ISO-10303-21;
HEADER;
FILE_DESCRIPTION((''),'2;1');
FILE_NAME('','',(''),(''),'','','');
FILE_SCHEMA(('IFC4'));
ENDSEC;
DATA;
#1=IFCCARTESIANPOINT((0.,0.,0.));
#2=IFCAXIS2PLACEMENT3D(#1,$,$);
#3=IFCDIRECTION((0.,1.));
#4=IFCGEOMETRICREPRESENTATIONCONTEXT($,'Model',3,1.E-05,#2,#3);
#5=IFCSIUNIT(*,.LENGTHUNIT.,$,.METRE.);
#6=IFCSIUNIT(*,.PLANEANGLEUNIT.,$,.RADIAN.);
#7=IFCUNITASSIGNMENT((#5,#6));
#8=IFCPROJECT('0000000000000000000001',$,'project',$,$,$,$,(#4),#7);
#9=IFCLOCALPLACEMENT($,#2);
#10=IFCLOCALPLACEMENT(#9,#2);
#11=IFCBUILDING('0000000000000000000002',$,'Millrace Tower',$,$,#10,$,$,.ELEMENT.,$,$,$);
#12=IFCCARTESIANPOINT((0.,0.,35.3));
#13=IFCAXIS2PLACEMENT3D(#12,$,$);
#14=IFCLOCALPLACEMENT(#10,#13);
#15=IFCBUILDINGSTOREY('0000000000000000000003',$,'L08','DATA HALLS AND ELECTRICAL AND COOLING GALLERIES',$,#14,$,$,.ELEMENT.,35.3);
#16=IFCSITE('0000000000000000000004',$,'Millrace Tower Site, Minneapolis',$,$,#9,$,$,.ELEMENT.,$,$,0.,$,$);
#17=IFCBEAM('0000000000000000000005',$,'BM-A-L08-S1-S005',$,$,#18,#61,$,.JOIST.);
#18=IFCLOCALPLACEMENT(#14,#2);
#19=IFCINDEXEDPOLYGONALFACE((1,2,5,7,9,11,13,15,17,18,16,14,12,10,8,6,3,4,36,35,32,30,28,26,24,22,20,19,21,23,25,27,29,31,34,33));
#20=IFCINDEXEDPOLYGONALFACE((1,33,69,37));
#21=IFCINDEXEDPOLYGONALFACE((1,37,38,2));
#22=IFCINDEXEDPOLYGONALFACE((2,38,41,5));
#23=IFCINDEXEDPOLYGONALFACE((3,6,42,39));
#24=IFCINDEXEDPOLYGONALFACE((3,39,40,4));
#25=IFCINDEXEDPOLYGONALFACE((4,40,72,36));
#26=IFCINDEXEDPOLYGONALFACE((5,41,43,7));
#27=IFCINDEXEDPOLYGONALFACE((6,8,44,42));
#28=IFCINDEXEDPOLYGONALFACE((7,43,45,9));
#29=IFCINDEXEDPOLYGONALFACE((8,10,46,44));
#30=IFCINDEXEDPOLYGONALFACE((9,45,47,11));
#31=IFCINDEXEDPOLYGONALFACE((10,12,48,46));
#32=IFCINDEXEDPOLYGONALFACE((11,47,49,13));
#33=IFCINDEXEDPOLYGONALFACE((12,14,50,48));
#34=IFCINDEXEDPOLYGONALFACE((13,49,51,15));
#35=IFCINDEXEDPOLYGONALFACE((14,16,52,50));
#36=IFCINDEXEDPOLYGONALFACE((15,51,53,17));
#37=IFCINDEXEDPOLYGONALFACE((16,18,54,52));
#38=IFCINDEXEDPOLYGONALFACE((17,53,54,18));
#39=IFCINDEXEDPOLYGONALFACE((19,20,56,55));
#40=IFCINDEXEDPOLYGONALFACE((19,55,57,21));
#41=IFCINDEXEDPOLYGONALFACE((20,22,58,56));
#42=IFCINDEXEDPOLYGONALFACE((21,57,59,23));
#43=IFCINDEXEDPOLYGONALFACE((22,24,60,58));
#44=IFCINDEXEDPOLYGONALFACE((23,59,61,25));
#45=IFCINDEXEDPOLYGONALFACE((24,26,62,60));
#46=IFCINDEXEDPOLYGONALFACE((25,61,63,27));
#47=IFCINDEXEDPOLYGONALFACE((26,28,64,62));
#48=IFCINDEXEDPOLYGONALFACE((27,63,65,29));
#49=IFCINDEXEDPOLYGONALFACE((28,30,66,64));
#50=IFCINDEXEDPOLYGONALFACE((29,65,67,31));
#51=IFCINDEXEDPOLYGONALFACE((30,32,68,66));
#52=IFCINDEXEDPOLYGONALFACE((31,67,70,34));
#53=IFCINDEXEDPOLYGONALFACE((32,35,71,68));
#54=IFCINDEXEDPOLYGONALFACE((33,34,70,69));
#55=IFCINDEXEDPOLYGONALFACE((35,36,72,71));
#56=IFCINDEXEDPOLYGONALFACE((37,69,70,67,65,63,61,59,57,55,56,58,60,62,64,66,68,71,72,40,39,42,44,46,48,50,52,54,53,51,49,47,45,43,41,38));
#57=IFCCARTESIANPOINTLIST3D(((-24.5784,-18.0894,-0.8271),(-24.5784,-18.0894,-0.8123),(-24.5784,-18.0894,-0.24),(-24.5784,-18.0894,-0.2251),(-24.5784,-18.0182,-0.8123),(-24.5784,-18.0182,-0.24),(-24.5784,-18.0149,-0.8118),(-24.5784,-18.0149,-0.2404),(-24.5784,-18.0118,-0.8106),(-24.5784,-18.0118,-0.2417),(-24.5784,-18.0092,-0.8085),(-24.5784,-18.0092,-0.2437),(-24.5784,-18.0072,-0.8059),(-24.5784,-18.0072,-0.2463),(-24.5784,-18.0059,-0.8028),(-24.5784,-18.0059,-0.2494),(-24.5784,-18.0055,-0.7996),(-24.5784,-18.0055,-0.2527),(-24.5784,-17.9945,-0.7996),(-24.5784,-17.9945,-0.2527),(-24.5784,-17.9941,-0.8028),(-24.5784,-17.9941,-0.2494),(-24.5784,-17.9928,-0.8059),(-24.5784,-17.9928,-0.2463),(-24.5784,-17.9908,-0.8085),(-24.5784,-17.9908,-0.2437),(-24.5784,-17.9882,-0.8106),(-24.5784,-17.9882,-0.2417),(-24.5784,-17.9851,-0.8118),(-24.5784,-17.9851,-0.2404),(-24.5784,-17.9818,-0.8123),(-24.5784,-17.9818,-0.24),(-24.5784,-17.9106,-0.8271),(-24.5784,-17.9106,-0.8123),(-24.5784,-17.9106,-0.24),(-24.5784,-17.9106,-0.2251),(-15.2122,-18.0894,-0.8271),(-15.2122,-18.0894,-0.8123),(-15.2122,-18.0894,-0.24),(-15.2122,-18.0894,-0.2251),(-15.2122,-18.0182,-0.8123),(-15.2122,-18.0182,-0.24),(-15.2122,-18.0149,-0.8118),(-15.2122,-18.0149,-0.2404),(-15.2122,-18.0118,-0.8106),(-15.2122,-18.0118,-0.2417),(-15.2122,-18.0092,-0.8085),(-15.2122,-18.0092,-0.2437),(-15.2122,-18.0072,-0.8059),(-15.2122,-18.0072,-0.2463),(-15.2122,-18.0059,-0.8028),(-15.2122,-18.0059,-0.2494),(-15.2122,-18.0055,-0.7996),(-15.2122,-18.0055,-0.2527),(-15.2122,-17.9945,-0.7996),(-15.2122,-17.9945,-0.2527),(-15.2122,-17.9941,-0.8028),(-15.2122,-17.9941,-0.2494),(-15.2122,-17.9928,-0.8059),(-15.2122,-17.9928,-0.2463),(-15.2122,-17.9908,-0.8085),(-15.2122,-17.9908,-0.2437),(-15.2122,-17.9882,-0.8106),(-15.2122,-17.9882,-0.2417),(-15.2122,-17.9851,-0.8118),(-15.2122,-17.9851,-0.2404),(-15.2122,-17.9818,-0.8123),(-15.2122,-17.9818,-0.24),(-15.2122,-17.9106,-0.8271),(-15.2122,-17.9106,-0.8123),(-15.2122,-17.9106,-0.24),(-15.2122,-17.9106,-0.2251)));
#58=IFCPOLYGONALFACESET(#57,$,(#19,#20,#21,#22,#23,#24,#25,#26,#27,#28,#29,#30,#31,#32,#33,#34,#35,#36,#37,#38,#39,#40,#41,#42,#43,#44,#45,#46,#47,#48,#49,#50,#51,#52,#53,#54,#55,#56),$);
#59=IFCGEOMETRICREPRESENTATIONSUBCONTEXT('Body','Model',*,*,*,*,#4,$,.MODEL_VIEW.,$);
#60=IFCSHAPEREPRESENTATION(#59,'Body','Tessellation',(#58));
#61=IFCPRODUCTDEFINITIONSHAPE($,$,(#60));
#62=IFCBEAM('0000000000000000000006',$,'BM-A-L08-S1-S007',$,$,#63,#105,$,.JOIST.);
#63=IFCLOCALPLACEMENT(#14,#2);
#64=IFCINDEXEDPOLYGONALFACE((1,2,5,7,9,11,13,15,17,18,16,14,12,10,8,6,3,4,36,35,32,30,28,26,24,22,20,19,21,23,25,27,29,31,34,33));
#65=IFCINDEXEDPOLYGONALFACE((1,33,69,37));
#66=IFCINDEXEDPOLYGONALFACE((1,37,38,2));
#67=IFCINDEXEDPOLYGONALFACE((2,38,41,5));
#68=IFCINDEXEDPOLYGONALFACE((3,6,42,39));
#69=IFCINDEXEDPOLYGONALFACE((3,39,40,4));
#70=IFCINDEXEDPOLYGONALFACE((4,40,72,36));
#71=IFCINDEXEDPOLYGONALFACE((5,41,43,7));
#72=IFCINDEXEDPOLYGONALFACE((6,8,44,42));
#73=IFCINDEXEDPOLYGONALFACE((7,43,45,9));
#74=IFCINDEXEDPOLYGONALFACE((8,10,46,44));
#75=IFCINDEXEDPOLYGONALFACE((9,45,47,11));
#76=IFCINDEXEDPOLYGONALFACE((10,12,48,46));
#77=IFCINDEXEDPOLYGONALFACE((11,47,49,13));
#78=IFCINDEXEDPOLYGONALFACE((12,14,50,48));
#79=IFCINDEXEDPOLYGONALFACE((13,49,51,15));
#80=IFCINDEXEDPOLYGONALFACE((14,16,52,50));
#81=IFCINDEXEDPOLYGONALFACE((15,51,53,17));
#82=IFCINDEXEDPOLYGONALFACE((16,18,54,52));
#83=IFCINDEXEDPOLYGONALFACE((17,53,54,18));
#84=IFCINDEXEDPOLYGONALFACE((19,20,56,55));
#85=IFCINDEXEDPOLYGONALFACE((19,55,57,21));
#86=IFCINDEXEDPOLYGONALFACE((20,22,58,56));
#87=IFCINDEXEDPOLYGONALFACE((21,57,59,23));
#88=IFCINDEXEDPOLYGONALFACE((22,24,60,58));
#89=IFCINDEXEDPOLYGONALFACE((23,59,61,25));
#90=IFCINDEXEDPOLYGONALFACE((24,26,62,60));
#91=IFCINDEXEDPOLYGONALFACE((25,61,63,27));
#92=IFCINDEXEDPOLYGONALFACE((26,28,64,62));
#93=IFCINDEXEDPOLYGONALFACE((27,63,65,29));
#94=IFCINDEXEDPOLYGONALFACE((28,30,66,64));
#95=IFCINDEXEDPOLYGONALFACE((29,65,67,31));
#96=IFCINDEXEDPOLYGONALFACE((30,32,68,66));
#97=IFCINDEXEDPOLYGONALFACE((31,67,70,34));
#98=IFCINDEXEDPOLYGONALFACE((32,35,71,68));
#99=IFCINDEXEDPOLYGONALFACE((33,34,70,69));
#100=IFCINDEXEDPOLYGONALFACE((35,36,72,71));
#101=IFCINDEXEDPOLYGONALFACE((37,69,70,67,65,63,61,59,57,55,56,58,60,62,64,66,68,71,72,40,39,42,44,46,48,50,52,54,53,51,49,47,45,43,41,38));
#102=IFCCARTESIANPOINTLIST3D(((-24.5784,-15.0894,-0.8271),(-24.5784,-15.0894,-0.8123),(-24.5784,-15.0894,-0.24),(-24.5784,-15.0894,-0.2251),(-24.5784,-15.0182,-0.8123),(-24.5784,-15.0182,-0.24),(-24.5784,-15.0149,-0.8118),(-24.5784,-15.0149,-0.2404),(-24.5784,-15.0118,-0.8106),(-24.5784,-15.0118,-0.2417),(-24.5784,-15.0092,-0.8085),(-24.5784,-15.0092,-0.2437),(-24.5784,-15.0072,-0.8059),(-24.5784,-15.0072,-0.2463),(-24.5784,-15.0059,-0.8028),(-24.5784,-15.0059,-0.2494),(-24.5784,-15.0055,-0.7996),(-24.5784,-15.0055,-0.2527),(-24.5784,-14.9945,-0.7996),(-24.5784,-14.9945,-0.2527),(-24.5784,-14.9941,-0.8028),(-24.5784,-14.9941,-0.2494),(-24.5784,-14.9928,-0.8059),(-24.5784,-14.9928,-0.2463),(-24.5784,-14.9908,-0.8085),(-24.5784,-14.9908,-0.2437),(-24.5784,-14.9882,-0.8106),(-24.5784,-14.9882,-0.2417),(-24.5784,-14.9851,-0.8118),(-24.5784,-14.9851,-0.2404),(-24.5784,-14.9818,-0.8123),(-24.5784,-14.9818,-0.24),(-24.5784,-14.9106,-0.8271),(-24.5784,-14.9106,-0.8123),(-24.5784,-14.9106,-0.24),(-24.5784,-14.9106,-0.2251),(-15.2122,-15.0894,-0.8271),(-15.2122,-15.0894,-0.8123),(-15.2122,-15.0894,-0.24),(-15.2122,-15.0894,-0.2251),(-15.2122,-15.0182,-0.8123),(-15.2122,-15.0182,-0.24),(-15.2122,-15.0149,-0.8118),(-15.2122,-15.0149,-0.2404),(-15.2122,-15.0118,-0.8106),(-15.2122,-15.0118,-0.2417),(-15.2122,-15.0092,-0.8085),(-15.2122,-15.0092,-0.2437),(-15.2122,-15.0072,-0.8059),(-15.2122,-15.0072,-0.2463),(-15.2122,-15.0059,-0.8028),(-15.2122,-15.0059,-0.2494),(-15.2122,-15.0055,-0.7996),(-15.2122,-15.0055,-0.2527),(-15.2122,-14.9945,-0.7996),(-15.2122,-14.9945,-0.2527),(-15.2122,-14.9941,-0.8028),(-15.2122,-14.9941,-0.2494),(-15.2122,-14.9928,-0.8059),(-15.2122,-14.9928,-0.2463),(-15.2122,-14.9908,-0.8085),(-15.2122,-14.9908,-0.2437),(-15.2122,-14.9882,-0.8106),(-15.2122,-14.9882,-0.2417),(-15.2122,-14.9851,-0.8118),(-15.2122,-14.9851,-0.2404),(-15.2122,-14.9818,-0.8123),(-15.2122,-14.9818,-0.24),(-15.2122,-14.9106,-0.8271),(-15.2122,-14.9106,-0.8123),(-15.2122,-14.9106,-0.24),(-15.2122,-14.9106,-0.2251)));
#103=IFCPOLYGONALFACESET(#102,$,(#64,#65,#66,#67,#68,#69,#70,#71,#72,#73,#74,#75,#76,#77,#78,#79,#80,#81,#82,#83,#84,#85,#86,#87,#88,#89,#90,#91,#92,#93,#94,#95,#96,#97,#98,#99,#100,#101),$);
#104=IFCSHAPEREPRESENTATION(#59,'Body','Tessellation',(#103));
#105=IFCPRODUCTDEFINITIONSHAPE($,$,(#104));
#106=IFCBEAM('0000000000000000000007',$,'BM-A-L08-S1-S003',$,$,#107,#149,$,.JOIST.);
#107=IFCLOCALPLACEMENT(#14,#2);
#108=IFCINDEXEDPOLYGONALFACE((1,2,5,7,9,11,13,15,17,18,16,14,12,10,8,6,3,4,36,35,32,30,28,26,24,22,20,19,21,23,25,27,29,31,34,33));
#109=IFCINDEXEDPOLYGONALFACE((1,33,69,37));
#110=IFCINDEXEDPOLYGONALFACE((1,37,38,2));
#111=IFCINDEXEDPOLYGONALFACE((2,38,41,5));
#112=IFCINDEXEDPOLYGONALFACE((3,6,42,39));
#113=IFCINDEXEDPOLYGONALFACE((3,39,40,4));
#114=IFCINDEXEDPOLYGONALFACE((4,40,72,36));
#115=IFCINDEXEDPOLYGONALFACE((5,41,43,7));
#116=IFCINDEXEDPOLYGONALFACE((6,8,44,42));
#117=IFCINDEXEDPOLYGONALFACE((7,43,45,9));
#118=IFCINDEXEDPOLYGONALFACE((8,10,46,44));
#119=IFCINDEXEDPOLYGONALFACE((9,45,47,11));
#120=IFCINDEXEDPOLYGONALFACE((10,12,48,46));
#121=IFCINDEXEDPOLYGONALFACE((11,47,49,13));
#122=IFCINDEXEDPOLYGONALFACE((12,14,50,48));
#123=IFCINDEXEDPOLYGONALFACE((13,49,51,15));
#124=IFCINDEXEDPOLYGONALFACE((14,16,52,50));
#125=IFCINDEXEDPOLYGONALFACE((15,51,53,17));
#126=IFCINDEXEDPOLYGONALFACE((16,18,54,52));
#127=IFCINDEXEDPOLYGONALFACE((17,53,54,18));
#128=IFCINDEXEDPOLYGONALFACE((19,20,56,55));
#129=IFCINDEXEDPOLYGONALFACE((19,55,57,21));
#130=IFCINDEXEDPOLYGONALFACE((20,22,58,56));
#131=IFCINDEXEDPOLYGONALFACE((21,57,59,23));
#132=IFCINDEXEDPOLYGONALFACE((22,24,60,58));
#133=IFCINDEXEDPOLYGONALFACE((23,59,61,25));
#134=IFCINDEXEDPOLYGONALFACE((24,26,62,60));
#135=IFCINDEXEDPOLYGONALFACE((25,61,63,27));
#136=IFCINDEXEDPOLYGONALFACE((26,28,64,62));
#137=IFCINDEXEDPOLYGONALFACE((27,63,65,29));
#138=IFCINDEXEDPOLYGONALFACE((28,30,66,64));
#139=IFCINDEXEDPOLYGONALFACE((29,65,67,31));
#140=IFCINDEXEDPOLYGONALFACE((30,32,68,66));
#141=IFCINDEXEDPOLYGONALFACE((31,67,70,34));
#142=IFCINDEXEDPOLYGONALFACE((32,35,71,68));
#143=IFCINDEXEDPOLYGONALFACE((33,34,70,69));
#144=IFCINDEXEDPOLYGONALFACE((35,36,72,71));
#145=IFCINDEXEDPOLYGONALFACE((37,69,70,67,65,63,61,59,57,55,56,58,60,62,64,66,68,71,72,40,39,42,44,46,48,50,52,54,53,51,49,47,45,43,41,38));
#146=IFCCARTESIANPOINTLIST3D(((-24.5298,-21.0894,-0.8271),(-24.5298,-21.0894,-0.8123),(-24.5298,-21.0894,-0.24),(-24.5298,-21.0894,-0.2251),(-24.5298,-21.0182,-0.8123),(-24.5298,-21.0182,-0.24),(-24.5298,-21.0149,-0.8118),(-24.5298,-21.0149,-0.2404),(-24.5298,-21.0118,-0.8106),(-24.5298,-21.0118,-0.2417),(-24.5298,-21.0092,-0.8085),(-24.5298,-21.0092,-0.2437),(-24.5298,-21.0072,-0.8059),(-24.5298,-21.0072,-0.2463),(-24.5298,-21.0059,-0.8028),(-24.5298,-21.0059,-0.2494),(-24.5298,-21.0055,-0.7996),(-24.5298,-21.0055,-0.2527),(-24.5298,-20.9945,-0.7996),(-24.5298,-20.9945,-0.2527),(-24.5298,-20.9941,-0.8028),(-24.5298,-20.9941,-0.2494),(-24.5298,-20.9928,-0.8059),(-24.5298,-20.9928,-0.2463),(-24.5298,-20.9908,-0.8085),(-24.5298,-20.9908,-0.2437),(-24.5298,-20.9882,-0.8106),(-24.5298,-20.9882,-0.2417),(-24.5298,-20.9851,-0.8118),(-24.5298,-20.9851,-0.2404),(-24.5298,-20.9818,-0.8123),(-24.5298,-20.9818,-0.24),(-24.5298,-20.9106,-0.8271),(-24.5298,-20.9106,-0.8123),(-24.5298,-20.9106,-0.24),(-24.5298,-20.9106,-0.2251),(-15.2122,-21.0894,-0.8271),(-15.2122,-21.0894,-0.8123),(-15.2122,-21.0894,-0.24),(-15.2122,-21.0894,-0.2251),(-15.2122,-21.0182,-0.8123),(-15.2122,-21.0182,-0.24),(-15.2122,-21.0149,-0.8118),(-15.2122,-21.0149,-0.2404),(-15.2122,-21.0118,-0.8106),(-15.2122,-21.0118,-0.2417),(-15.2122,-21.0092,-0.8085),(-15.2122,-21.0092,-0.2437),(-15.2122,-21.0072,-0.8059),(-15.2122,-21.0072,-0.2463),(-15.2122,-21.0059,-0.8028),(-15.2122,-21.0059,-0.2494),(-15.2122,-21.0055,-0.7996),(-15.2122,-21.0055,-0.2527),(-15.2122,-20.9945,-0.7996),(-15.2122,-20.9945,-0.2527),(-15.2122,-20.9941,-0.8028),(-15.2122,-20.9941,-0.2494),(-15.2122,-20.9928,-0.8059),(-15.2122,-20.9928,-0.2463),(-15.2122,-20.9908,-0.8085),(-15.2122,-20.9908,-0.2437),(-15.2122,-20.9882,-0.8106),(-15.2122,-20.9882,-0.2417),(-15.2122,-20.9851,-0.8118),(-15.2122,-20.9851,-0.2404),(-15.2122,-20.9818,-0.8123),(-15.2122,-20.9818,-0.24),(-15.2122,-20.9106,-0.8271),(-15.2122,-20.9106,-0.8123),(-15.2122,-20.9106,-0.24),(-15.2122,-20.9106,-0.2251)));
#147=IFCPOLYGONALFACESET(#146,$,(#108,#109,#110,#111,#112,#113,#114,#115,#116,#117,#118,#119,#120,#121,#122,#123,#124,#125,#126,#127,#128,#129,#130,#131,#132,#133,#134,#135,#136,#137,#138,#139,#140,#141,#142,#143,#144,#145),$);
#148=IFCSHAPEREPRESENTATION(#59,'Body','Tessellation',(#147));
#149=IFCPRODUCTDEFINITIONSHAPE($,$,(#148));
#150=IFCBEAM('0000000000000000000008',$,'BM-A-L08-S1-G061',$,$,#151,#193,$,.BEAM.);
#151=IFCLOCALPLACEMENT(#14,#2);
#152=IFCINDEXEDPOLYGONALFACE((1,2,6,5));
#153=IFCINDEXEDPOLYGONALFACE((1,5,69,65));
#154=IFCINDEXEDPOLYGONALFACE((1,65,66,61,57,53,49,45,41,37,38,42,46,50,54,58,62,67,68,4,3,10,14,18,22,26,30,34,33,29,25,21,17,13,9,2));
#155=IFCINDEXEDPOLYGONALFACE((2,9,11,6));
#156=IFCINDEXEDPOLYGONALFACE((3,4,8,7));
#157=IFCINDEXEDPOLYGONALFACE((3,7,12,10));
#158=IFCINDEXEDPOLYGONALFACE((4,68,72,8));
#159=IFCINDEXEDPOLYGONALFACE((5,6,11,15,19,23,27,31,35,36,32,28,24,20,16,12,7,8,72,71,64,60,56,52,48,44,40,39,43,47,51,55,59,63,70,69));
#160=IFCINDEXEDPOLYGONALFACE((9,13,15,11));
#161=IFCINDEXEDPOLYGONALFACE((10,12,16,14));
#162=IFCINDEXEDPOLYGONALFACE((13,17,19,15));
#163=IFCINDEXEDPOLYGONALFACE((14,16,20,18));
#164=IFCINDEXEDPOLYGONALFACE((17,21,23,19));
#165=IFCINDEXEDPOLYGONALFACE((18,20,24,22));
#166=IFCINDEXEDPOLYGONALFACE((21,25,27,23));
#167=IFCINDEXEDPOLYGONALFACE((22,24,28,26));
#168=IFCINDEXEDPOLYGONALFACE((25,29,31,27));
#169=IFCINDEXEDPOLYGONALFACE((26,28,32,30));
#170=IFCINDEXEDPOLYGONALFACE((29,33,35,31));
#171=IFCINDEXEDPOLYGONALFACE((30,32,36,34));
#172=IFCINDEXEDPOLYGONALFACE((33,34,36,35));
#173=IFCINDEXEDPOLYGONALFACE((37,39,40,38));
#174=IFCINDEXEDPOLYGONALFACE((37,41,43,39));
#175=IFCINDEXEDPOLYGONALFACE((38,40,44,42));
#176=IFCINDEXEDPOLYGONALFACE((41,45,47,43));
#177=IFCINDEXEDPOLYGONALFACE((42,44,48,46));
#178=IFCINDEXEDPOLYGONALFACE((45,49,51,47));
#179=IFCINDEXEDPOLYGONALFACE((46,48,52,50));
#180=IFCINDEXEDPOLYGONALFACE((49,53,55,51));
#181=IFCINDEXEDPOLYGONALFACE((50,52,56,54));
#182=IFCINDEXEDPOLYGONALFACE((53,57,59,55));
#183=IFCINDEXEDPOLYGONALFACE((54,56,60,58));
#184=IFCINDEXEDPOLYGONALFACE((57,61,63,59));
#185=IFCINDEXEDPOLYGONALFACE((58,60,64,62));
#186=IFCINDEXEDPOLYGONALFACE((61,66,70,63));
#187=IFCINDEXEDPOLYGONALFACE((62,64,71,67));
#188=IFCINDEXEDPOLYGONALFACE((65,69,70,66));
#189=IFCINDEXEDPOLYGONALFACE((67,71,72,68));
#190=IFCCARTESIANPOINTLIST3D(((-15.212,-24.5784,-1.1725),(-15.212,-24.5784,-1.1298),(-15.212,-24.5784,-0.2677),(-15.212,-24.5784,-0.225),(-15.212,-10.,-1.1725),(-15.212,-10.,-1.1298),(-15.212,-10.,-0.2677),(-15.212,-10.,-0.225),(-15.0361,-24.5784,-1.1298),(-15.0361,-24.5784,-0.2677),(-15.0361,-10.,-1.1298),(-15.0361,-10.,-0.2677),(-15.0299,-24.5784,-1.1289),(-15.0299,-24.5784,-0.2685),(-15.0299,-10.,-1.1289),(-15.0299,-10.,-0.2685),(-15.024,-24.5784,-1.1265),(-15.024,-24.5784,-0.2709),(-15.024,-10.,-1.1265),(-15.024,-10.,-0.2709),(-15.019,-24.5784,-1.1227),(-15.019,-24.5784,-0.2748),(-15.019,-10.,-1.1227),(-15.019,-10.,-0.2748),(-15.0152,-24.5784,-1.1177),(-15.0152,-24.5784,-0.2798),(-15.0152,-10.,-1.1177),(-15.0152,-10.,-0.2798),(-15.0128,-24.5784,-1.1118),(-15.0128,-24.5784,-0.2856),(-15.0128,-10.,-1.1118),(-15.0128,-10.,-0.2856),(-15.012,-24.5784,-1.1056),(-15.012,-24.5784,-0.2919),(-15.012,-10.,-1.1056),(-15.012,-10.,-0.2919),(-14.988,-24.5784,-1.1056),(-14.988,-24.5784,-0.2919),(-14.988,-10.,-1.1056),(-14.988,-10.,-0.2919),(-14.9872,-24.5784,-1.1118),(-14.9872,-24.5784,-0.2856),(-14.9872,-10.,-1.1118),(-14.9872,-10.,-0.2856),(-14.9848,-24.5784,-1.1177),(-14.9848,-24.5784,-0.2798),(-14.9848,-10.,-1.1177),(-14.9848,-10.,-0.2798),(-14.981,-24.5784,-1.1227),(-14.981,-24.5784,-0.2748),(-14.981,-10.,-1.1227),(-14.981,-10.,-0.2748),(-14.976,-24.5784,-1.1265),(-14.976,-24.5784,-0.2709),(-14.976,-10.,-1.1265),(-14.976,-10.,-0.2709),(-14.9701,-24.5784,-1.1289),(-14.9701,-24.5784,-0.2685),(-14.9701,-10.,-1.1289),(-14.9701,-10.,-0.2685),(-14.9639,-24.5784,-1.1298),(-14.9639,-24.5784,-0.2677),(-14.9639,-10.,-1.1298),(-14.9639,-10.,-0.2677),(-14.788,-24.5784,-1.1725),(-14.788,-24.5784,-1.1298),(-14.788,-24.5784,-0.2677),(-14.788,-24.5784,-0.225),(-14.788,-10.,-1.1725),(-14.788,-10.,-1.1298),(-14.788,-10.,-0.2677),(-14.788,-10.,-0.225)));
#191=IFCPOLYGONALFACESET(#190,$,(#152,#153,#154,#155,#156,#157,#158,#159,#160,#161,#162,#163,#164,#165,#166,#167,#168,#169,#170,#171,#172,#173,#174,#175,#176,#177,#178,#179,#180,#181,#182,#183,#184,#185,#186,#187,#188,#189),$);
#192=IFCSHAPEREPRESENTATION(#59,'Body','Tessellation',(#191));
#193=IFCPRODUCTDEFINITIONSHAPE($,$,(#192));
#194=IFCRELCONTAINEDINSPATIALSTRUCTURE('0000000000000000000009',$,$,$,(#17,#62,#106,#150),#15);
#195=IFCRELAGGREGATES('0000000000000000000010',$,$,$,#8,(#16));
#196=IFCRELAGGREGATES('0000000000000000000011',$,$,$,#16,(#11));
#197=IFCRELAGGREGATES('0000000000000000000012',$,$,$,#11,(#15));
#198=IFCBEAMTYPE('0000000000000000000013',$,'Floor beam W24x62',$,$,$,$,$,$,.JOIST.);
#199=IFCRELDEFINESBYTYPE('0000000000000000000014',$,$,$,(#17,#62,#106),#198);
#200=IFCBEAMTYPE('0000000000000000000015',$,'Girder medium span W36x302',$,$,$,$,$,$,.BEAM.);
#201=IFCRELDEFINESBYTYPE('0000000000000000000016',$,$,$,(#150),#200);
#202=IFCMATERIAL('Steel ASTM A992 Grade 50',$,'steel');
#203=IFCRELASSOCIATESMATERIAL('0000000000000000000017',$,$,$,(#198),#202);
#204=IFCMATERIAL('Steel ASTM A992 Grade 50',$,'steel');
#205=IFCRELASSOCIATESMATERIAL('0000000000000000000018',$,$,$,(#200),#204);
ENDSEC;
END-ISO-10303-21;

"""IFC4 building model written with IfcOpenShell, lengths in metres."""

from ifc_helpers import new_model, si_unit, direction, frame, origin, origin_2d, place, context, subcontext, project, spatial, i_section, extrude, material, material_profile, profile_set, type_object, element, save


model = new_model("IFC4")

# Units and contexts
model_context = context("Model", 3, precision=1e-05, world=origin(), true_north=direction((0.0, 1.0)))
body_context = subcontext(model_context, "Body", "Model", "MODEL_VIEW")
ifc_project = project(units=[si_unit("LENGTHUNIT", "METRE"), si_unit("PLANEANGLEUNIT", "RADIAN")], contexts=[model_context])

# Site, building, storey
site_placement = place(None, origin())
site = spatial("IfcSite", under=ifc_project, at=site_placement, Name="Millrace Tower Site, Minneapolis", CompositionType="ELEMENT", RefElevation=0.0)
building_placement = place(site_placement, origin())
building = spatial("IfcBuilding", under=site, at=building_placement, Name="Millrace Tower", CompositionType="ELEMENT")
storey_placement = place(building_placement, frame((0.0, 0.0, 35.3)))
storey = spatial("IfcBuildingStorey", under=building, at=storey_placement, Name="L08", Description="DATA HALLS AND ELECTRICAL AND COOLING GALLERIES", CompositionType="ELEMENT", Elevation=35.3)

# Beams
ifc_material_1 = material(Name="Steel ASTM A992 Grade 50", Category="steel")
ifc_material_profile_1 = material_profile(ifc_material_1, i_section(OverallWidth=0.1787, OverallDepth=0.6021, WebThickness=0.011, FlangeThickness=0.0149, FilletRadius=0.0127, at=origin_2d()))
ifc_profile_set_1 = profile_set([ifc_material_profile_1], Name="Steel ASTM A992 Grade 50")
beam_type_1 = type_object("IfcBeamType", Name="Floor beam W24x62", PredefinedType="JOIST", material=ifc_profile_set_1)
for number, where, z_axis, x_axis, name in (
    (1, (-24.5784, -18.0, -0.5261), (1.0, 0.0, 0.0), (0.0, 1.0, 0.0), "BM-A-L08-S1-S005"),
    (2, (-24.5784, -15.0, -0.5261), (1.0, 0.0, 0.0), (0.0, 1.0, 0.0), "BM-A-L08-S1-S007"),
):
    element("IfcBeam", number, at=place(storey_placement, frame(where, z_axis=z_axis, x_axis=x_axis)), inside=storey, type_object=beam_type_1, Name=name, PredefinedType="JOIST", context=body_context, shape_type="SweptSolid", body=[
        extrude(i_section(OverallWidth=0.1787, OverallDepth=0.6021, WebThickness=0.011, FlangeThickness=0.0149, FilletRadius=0.0127, at=origin_2d()), origin(), (0.0, 0.0, 1.0), 9.3662),
    ])
beam_1_placement = place(storey_placement, frame((-24.5298, -21.0, -0.5261), z_axis=(1.0, 0.0, 0.0), x_axis=(0.0, 1.0, 0.0)))
element("IfcBeam", 3, at=beam_1_placement, inside=storey, type_object=beam_type_1, Name="BM-A-L08-S1-S003", PredefinedType="JOIST", context=body_context, shape_type="SweptSolid", body=[
    extrude(i_section(OverallWidth=0.1787, OverallDepth=0.6021, WebThickness=0.011, FlangeThickness=0.0149, FilletRadius=0.0127, at=origin_2d()), origin(), (0.0, 0.0, 1.0), 9.3176),
])
ifc_material_2 = material(Name="Steel ASTM A992 Grade 50", Category="steel")
ifc_material_profile_2 = material_profile(ifc_material_2, i_section(OverallWidth=0.4241, OverallDepth=0.9475, WebThickness=0.0239, FlangeThickness=0.0427, FilletRadius=0.0242, at=origin_2d()))
ifc_profile_set_2 = profile_set([ifc_material_profile_2], Name="Steel ASTM A992 Grade 50")
beam_type_2 = type_object("IfcBeamType", Name="Girder medium span W36x302", PredefinedType="BEAM", material=ifc_profile_set_2)
beam_2_placement = place(storey_placement, frame((-15.0, -24.5784, -0.6987), z_axis=(0.0, 1.0, 0.0), x_axis=(-1.0, 0.0, 0.0)))
element("IfcBeam", 4, at=beam_2_placement, inside=storey, type_object=beam_type_2, Name="BM-A-L08-S1-G061", PredefinedType="BEAM", context=body_context, shape_type="SweptSolid", body=[
    extrude(i_section(OverallWidth=0.4241, OverallDepth=0.9475, WebThickness=0.0239, FlangeThickness=0.0427, FilletRadius=0.0242, at=origin_2d()), origin(), (0.0, 0.0, 1.0), 14.5784),
])

save(model, "model.ifc")
